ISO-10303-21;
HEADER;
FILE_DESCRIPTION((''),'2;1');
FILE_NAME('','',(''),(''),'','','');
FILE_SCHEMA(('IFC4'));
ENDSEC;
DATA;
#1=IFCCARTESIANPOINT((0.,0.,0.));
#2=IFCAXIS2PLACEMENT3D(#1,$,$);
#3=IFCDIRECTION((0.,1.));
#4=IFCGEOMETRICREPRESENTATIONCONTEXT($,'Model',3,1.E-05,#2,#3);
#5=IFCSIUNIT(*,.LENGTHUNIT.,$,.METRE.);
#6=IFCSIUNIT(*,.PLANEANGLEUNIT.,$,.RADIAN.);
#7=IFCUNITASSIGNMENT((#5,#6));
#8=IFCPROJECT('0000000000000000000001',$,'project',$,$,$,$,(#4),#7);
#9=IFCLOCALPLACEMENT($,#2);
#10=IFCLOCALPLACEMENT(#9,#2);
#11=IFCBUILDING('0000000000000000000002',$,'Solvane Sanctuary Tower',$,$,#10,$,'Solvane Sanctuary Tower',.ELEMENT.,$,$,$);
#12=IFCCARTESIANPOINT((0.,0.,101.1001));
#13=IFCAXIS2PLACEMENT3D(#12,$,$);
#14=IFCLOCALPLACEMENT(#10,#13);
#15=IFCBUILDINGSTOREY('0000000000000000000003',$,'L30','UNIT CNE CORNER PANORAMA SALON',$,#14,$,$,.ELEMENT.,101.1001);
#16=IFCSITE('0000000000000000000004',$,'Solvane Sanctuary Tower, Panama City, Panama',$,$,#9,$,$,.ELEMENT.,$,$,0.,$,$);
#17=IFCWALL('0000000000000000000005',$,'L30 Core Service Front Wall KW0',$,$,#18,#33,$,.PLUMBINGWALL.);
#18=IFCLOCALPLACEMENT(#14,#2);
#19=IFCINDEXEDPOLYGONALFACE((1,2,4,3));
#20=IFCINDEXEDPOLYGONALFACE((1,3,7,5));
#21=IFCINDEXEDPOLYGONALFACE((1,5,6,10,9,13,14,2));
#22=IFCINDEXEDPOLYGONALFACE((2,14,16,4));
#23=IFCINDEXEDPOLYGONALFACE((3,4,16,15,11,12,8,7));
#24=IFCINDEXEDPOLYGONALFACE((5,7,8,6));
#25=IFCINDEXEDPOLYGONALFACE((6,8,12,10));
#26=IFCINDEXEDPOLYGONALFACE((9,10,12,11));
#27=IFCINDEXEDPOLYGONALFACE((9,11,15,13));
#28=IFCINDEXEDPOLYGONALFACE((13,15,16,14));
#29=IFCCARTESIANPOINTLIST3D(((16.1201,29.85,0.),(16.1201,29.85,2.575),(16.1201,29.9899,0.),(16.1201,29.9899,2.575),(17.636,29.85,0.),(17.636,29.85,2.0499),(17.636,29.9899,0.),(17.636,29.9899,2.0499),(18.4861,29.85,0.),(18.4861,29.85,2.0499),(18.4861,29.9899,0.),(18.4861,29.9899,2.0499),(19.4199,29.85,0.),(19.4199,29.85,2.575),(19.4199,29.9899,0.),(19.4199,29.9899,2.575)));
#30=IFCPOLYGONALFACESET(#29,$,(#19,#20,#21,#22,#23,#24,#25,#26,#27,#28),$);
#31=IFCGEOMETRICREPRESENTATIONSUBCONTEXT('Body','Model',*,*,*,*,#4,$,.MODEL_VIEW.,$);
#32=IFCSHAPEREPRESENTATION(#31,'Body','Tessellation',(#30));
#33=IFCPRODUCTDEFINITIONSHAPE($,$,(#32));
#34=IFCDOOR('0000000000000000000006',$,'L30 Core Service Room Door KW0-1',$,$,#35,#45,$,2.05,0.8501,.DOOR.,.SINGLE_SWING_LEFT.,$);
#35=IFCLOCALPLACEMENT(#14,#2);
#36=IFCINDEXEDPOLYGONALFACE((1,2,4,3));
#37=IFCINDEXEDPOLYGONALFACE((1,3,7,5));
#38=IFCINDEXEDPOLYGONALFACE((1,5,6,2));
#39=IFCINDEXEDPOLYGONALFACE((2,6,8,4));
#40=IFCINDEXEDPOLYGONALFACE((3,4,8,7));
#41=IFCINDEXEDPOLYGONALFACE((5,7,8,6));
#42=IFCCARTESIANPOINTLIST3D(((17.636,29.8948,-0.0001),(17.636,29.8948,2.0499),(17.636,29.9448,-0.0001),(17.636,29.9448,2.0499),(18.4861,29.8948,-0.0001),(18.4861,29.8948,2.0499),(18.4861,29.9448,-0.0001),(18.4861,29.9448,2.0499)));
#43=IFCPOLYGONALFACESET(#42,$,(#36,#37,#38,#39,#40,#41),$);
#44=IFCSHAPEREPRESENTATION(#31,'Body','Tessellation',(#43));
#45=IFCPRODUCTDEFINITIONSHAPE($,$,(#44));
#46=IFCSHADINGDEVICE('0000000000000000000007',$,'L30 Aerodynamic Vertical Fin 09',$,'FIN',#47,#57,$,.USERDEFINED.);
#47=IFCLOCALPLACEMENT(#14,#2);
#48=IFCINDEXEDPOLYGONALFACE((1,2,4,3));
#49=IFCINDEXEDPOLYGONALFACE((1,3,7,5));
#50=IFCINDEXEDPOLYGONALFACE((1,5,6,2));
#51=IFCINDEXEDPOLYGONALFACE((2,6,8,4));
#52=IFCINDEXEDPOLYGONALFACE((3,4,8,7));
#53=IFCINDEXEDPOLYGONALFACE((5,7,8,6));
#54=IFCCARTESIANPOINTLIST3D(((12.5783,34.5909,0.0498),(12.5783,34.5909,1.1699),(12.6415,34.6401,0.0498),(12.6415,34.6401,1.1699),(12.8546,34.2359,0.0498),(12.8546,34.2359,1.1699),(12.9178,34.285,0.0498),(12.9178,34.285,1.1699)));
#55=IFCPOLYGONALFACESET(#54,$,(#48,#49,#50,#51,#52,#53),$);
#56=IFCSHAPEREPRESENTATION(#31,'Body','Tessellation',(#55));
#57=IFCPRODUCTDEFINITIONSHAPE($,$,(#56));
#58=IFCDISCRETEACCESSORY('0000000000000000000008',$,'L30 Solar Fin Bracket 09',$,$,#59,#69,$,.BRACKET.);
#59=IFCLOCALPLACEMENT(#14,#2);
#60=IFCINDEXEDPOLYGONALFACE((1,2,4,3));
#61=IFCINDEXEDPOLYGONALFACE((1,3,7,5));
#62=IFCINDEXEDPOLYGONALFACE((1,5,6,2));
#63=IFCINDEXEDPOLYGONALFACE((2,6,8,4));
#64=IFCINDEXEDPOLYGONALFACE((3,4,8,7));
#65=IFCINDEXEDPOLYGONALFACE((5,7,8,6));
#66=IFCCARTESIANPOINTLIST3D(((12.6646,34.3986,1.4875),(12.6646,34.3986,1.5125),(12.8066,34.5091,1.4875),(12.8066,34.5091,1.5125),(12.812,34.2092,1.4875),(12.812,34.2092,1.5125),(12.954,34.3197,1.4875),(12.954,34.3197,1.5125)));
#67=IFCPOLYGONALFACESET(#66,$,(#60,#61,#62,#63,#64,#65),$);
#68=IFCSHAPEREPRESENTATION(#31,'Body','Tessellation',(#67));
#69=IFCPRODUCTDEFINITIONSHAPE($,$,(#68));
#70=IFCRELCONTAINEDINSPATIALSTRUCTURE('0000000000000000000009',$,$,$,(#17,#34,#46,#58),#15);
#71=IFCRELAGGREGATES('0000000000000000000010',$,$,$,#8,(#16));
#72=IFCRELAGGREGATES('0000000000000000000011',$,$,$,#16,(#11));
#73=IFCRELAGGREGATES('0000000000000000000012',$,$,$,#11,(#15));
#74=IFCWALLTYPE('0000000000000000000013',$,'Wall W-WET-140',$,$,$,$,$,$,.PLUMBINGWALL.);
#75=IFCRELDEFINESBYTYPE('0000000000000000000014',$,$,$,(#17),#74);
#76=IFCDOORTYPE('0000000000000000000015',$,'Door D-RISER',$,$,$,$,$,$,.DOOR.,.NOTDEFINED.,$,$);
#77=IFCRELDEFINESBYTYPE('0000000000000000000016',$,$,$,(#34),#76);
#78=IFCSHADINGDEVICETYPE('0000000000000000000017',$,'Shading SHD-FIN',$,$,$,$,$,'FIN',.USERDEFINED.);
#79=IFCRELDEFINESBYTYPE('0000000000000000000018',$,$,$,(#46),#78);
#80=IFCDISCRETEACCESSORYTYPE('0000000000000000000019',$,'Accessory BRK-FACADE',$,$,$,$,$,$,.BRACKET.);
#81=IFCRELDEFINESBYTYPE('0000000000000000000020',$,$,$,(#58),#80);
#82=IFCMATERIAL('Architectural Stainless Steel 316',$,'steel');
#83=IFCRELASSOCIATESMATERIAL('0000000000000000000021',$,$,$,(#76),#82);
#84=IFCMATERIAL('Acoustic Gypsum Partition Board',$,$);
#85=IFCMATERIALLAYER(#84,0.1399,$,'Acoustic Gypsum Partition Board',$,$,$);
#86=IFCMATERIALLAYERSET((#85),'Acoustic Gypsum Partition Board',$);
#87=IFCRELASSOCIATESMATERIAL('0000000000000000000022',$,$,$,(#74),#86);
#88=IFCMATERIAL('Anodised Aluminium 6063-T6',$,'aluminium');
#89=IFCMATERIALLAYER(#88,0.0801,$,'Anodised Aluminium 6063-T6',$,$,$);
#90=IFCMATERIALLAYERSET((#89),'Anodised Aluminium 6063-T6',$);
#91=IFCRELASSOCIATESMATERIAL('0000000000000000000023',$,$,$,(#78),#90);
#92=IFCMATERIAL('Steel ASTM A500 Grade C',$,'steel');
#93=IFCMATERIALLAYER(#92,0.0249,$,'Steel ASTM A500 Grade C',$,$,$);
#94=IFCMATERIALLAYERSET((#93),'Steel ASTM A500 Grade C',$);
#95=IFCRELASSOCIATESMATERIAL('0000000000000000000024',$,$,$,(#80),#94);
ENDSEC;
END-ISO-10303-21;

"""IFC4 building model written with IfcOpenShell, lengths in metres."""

from ifc_helpers import new_model, si_unit, direction, frame, frame_2d, origin, origin_2d, place, context, subcontext, project, spatial, rectangle, extrude, material, layer, layer_set, type_object, element, fill, save


model = new_model("IFC4")

# Units and contexts
model_context = context("Model", 3, precision=1e-05, world=origin(), true_north=direction((0.0, 1.0)))
body_context = subcontext(model_context, "Body", "Model", "MODEL_VIEW")
ifc_project = project(units=[si_unit("LENGTHUNIT", "METRE"), si_unit("PLANEANGLEUNIT", "RADIAN")], contexts=[model_context])

# Site, building, storey
site_placement = place(None, origin())
site = spatial("IfcSite", under=ifc_project, at=site_placement, Name="Solvane Sanctuary Tower, Panama City, Panama", CompositionType="ELEMENT", RefElevation=0.0)
building_placement = place(site_placement, origin())
building = spatial("IfcBuilding", under=site, at=building_placement, Name="Solvane Sanctuary Tower", LongName="Solvane Sanctuary Tower", CompositionType="ELEMENT")
storey_placement = place(building_placement, frame((0.0, 0.0, 101.1001)))
storey = spatial("IfcBuildingStorey", under=building, at=storey_placement, Name="L30", Description="UNIT CNE CORNER PANORAMA SALON", CompositionType="ELEMENT", Elevation=101.1001)

# Shared definitions
ifc_material_1 = material(Name="Acoustic Gypsum Partition Board")

# Shared definitions
ifc_material_2 = material(Name="Architectural Stainless Steel 316", Category="steel")
door_type_1 = type_object("IfcDoorType", Name="Door D-RISER", OperationType="NOTDEFINED", PredefinedType="DOOR", material=ifc_material_2)

# Wall, opening, door
ifc_layer_1 = layer(ifc_material_1, 0.1399, Name="Acoustic Gypsum Partition Board")
ifc_layer_set_1 = layer_set([ifc_layer_1], Name="Acoustic Gypsum Partition Board")
wall_type_1 = type_object("IfcWallType", Name="Wall W-WET-140", PredefinedType="PLUMBINGWALL", material=ifc_layer_set_1)
wall_1_placement = place(storey_placement, frame((16.1201, 29.9199, 0.0), z_axis=(0.0, 0.0, 1.0), x_axis=(1.0, 0.0, 0.0)))
wall_1 = element("IfcWall", 1, at=wall_1_placement, inside=storey, type_object=wall_type_1, Name="L30 Core Service Front Wall KW0", PredefinedType="PLUMBINGWALL", context=body_context, shape_type="SweptSolid", body=[
    extrude(rectangle(XDim=3.2998, YDim=0.1399, at=frame_2d((1.6499, 0.0))), origin(), (0.0, 0.0, 1.0), 2.575),
])
opening_1_placement = place(wall_1_placement, frame((1.5159, 0.0, 0.0)))
opening_1 = element("IfcOpeningElement", 2, at=opening_1_placement, cuts=wall_1, PredefinedType="OPENING", context=body_context, shape_type="SweptSolid", body=[
    extrude(rectangle(XDim=0.8501, YDim=2.05, at=frame_2d((0.425, 1.0249))), frame((0.0, 0.0798, 0.0), z_axis=(0.0, -1.0, 0.0), x_axis=(1.0, 0.0, 0.0)), (0.0, 0.0, 1.0), 0.1599),
])
door_1_placement = place(opening_1_placement, origin())
door_1 = element("IfcDoor", 3, at=door_1_placement, inside=storey, type_object=door_type_1, Name="L30 Core Service Room Door KW0-1", OperationType="SINGLE_SWING_LEFT", OverallHeight=2.05, OverallWidth=0.8501, PredefinedType="DOOR", context=body_context, shape_type="SweptSolid", body=[
    extrude(rectangle(XDim=0.8501, YDim=2.05, at=frame_2d((0.425, 1.0249))), frame((0.0, 0.0249, 0.0), z_axis=(0.0, -1.0, 0.0), x_axis=(1.0, 0.0, 0.0)), (0.0, 0.0, 1.0), 0.05),
])
fill(opening_1, door_1)

# Shading device
ifc_material_3 = material(Name="Anodised Aluminium 6063-T6", Category="aluminium")
ifc_layer_2 = layer(ifc_material_3, 0.0801, Name="Anodised Aluminium 6063-T6")
ifc_layer_set_2 = layer_set([ifc_layer_2], Name="Anodised Aluminium 6063-T6")
shading_device_type = type_object("IfcShadingDeviceType", Name="Shading SHD-FIN", ElementType="FIN", PredefinedType="USERDEFINED", material=ifc_layer_set_2)
shading_device_placement = place(storey_placement, frame((12.748, 34.438, 0.0498), z_axis=(0.0, 0.0, 1.0), x_axis=(-0.789142, -0.614211, 0.0)))
element("IfcShadingDevice", 4, at=shading_device_placement, inside=storey, type_object=shading_device_type, Name="L30 Aerodynamic Vertical Fin 09", ObjectType="FIN", PredefinedType="USERDEFINED", context=body_context, shape_type="SweptSolid", body=[
    extrude(rectangle(XDim=0.0801, YDim=0.45, at=origin_2d()), origin(), (0.0, 0.0, 1.0), 1.1201),
])

# Discrete accessory
ifc_material_4 = material(Name="Steel ASTM A500 Grade C", Category="steel")
ifc_layer_3 = layer(ifc_material_4, 0.0249, Name="Steel ASTM A500 Grade C")
ifc_layer_set_3 = layer_set([ifc_layer_3], Name="Steel ASTM A500 Grade C")
discrete_accessory_type = type_object("IfcDiscreteAccessoryType", Name="Accessory BRK-FACADE", PredefinedType="BRACKET", material=ifc_layer_set_3)
discrete_accessory_placement = place(storey_placement, frame((12.8093, 34.3591, 1.4875), z_axis=(0.0, 0.0, 1.0), x_axis=(-0.789142, -0.614211, 0.0)))
element("IfcDiscreteAccessory", 5, at=discrete_accessory_placement, inside=storey, type_object=discrete_accessory_type, Name="L30 Solar Fin Bracket 09", PredefinedType="BRACKET", context=body_context, shape_type="SweptSolid", body=[
    extrude(rectangle(XDim=0.1799, YDim=0.24, at=origin_2d()), origin(), (0.0, 0.0, 1.0), 0.0249),
])

save(model, "model.ifc")
